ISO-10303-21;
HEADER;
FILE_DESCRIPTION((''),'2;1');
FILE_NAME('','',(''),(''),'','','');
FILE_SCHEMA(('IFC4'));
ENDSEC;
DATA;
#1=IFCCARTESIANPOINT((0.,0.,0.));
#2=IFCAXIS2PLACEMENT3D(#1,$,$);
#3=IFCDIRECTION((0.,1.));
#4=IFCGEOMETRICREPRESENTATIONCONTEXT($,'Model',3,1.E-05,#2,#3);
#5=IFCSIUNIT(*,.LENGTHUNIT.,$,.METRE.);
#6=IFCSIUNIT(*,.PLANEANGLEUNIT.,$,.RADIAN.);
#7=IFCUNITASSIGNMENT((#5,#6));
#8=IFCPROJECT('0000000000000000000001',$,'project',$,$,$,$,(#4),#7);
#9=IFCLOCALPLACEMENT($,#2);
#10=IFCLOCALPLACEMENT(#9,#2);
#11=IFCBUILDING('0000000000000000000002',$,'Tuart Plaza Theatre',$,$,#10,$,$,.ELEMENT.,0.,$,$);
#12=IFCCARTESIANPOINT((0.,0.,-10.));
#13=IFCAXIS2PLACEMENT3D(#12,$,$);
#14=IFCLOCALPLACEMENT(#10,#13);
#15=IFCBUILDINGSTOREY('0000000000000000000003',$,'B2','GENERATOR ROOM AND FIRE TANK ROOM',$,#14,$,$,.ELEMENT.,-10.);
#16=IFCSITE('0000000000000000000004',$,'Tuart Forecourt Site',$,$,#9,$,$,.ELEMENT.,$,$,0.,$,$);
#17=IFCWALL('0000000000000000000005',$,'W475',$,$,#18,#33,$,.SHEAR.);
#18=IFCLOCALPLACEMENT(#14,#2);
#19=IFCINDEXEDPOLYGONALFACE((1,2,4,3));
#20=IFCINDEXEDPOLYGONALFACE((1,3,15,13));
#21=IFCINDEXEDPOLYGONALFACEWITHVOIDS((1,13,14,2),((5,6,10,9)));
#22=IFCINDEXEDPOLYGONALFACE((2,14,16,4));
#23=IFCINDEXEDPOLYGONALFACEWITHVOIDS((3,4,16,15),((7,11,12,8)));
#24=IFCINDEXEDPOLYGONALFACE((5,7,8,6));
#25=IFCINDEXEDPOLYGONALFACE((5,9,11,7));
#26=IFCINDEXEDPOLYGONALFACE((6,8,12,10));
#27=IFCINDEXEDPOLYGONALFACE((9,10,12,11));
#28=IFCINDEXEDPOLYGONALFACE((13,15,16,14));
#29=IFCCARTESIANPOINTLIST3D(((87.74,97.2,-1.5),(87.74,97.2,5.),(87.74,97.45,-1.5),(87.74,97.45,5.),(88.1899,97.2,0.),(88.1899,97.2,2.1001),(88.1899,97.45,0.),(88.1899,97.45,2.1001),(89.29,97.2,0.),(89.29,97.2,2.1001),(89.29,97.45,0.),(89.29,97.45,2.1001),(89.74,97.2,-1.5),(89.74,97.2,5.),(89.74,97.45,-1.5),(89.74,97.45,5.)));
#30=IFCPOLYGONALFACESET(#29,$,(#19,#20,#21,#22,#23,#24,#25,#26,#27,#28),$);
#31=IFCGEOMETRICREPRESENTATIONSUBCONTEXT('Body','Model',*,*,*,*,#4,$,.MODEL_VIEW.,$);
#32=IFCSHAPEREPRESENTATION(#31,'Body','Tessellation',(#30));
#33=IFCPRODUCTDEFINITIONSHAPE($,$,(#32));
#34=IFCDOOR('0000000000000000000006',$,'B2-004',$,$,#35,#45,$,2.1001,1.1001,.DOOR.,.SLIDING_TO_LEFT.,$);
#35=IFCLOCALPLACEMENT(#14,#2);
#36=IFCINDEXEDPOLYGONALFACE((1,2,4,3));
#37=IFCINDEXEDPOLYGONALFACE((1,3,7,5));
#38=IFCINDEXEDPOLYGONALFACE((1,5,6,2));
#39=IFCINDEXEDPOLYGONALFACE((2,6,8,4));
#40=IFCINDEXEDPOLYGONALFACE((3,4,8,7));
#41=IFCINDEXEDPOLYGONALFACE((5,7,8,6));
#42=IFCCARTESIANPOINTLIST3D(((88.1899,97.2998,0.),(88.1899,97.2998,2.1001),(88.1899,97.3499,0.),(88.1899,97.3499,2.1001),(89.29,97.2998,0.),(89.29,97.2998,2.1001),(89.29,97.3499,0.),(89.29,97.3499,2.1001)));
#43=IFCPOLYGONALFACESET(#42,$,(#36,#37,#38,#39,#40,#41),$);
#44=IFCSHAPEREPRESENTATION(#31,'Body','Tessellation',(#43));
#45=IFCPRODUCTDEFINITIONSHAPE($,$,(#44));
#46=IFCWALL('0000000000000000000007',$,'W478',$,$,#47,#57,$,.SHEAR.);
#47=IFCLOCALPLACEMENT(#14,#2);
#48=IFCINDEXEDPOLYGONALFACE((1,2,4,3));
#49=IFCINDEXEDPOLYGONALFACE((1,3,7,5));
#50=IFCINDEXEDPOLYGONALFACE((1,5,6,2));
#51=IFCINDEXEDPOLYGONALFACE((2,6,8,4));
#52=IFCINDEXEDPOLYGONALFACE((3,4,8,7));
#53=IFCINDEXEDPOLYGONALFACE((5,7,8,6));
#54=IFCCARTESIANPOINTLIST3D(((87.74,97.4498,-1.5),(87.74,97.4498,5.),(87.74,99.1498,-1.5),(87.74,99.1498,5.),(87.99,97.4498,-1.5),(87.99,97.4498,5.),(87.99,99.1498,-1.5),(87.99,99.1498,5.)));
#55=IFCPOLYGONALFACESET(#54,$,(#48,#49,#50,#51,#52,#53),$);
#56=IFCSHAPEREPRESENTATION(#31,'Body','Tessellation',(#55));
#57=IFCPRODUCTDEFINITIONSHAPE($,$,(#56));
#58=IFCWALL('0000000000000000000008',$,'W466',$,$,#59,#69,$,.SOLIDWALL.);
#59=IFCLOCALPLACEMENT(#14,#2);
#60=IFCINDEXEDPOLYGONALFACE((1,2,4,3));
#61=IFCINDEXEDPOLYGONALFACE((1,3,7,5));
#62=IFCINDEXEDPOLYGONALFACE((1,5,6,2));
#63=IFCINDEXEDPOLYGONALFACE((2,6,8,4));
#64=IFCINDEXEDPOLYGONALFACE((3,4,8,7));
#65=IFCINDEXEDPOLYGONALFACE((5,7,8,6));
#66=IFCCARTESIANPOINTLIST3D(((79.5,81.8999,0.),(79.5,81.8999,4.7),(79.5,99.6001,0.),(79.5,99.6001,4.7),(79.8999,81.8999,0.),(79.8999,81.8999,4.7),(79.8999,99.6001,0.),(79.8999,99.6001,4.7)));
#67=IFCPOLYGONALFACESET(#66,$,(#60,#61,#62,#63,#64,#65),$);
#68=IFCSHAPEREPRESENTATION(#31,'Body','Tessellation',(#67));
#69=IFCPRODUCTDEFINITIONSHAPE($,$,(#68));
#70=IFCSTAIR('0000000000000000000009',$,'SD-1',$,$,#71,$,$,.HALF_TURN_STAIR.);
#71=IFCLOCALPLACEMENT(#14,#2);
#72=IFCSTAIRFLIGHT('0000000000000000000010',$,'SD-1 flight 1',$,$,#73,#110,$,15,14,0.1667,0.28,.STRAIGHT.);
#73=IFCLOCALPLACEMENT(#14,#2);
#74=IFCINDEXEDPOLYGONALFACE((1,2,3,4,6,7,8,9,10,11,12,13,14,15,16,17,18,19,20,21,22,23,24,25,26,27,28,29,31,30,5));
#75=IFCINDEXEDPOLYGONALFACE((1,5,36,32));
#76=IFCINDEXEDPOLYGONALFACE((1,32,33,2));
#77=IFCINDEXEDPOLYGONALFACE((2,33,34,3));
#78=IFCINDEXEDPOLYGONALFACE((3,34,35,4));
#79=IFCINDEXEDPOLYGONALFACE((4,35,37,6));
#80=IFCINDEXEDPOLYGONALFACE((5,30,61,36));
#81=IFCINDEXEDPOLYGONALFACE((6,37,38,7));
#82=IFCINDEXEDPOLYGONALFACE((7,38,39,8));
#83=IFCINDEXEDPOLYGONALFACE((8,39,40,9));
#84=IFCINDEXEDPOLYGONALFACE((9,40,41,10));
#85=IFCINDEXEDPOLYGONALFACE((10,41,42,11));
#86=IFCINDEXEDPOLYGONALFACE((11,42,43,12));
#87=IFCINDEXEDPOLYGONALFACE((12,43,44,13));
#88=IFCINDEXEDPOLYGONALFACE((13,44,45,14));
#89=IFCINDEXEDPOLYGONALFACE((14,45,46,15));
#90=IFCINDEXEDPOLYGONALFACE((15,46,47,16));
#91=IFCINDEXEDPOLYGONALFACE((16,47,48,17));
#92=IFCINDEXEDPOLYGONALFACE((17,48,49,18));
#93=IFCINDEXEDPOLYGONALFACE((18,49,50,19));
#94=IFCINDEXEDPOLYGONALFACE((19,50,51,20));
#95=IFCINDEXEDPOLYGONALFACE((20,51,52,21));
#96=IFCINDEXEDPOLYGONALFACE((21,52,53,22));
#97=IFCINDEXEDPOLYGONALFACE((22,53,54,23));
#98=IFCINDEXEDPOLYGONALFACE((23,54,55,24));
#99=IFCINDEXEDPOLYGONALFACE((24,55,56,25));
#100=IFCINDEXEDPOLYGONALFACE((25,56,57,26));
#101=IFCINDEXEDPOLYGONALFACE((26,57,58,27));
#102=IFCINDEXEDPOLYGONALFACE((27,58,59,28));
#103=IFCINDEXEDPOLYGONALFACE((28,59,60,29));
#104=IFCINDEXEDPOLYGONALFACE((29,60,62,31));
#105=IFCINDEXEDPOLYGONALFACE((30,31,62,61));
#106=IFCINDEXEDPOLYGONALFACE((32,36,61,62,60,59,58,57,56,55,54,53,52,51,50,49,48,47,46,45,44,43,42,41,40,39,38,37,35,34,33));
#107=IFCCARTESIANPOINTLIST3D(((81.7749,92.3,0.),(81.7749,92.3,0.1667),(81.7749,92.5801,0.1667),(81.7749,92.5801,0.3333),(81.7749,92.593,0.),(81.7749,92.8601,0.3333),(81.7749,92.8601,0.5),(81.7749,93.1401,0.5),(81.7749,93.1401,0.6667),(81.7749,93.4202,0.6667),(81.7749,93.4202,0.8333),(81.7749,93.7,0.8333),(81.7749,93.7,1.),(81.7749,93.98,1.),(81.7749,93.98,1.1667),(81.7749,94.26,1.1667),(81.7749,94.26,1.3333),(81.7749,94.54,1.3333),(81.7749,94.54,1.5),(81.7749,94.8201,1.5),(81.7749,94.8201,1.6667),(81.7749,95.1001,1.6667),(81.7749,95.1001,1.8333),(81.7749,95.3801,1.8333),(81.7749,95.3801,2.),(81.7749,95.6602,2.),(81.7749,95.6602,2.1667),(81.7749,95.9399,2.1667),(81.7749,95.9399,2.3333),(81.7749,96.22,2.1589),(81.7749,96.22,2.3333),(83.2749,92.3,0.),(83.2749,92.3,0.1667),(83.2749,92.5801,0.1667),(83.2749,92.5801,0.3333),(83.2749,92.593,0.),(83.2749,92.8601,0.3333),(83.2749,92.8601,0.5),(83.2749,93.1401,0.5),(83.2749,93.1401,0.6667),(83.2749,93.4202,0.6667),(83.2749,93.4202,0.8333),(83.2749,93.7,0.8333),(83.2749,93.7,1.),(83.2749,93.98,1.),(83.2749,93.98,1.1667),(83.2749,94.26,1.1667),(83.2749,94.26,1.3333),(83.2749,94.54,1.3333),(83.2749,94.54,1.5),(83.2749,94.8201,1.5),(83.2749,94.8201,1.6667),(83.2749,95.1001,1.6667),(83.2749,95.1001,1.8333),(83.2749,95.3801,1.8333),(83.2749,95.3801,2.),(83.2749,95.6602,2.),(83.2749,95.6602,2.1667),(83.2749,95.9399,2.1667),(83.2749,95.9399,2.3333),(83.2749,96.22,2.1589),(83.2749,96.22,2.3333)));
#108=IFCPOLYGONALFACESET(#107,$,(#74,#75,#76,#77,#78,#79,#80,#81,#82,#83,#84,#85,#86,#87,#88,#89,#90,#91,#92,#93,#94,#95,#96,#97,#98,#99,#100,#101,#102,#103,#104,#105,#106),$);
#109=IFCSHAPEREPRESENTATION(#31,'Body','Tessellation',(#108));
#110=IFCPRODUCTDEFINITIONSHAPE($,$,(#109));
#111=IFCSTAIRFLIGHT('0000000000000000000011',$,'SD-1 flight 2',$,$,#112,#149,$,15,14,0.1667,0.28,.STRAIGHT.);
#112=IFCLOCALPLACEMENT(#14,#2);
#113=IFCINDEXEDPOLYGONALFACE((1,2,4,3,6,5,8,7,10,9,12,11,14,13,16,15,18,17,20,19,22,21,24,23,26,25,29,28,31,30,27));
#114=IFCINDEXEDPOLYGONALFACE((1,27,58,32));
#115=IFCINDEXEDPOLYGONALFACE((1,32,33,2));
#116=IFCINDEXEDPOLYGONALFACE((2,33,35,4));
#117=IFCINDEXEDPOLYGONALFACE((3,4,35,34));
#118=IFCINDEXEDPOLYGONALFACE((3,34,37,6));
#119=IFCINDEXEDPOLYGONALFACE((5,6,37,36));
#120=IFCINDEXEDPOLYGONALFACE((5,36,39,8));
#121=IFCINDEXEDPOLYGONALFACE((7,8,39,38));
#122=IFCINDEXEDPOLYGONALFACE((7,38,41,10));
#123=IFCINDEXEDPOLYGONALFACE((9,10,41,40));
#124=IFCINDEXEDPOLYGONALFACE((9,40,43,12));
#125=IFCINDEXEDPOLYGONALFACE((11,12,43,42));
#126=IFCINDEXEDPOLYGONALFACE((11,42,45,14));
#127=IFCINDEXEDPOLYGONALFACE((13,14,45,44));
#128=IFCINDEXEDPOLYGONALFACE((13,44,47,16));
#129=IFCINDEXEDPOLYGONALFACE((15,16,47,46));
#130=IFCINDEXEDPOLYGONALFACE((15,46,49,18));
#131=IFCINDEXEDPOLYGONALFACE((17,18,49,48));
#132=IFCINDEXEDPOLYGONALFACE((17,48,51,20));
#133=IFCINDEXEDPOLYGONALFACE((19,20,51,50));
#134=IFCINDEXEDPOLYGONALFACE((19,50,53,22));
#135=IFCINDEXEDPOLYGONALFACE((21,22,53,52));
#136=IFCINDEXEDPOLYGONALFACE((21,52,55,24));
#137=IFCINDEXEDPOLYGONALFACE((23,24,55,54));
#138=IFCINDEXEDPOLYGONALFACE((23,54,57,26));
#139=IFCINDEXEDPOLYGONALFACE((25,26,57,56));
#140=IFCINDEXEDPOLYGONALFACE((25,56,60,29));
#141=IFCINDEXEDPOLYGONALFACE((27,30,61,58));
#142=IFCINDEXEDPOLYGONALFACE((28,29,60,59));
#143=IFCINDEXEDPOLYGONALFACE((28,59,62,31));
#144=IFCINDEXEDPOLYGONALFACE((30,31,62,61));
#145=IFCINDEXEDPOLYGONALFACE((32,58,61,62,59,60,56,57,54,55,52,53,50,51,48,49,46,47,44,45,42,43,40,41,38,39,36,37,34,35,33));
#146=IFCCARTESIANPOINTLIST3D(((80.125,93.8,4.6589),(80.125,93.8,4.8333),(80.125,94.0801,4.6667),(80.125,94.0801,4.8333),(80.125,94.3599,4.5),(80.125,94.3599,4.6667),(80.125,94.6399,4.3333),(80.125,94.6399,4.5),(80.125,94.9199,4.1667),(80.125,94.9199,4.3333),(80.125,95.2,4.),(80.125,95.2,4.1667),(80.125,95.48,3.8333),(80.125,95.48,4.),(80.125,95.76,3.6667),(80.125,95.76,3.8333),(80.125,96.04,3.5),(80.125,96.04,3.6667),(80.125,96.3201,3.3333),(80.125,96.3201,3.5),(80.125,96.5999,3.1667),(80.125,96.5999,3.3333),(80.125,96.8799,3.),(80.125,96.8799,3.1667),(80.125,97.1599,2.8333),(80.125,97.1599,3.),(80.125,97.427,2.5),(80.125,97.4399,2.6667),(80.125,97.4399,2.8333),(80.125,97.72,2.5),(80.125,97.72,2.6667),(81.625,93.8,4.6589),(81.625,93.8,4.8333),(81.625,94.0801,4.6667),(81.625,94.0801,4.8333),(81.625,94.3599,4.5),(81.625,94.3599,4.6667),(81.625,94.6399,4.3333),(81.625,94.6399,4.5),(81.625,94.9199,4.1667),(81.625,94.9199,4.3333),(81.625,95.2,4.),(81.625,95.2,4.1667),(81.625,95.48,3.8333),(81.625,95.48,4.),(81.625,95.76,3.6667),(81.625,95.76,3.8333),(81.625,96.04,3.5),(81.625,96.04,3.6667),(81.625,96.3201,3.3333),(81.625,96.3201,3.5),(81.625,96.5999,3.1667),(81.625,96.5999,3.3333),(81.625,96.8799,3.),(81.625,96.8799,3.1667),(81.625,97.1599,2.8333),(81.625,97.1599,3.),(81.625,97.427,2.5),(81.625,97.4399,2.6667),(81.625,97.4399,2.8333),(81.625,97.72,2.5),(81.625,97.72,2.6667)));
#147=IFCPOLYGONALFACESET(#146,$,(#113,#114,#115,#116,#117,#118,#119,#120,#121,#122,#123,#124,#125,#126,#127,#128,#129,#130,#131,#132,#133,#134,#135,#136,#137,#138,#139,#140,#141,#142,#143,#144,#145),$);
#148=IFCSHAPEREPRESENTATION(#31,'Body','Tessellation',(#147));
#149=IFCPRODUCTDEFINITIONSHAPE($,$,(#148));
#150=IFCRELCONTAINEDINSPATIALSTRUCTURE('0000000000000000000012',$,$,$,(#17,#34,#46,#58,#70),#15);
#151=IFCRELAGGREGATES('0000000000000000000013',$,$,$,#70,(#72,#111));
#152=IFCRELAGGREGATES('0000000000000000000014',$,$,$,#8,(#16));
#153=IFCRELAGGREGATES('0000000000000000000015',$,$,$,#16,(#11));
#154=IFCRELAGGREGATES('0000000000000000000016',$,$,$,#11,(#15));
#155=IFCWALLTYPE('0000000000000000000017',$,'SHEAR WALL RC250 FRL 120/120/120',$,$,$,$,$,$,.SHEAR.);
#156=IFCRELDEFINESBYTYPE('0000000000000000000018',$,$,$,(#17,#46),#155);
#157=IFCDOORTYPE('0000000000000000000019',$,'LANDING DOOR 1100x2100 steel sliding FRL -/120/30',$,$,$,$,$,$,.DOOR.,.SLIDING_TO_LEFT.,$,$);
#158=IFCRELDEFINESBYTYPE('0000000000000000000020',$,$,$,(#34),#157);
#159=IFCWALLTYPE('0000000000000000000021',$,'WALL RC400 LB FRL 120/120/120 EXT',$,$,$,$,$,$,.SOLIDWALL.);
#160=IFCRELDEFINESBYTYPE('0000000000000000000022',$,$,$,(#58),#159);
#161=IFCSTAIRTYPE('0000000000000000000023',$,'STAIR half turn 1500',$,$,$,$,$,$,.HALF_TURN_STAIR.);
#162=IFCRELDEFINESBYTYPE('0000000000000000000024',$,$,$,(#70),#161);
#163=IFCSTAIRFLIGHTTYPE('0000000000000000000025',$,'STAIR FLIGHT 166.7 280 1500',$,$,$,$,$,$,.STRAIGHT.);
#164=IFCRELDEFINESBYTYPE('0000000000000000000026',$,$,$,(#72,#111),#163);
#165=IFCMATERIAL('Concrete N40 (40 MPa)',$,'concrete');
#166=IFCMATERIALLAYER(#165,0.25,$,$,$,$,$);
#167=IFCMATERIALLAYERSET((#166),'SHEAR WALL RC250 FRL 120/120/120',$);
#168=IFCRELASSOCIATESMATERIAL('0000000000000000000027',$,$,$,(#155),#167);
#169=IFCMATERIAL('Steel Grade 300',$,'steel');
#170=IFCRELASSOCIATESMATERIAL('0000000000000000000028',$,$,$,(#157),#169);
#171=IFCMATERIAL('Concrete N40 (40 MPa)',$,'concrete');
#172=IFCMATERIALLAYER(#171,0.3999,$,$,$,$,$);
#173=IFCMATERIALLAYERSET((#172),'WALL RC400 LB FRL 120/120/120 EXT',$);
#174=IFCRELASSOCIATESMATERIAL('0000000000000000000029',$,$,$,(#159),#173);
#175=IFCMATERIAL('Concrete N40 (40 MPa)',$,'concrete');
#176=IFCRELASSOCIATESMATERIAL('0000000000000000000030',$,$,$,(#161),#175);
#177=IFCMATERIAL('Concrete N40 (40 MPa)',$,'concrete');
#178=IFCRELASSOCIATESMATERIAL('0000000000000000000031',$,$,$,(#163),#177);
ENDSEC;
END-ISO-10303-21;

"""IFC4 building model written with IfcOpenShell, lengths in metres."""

from ifc_helpers import new_model, si_unit, direction, frame, frame_2d, origin, place, context, subcontext, project, spatial, polyline, rectangle, outline, extrude, material, layer, layer_set, type_object, element, fill, aggregate, save


model = new_model("IFC4")

# Units and contexts
model_context = context("Model", 3, precision=1e-05, world=origin(), true_north=direction((0.0, 1.0)))
body_context = subcontext(model_context, "Body", "Model", "MODEL_VIEW")
ifc_project = project(units=[si_unit("LENGTHUNIT", "METRE"), si_unit("PLANEANGLEUNIT", "RADIAN")], contexts=[model_context])

# Site, building, storey
site_placement = place(None, origin())
site = spatial("IfcSite", under=ifc_project, at=site_placement, Name="Tuart Forecourt Site", CompositionType="ELEMENT", RefElevation=0.0)
building_placement = place(site_placement, origin())
building = spatial("IfcBuilding", under=site, at=building_placement, Name="Tuart Plaza Theatre", CompositionType="ELEMENT", ElevationOfRefHeight=0.0)
storey_placement = place(building_placement, frame((0.0, 0.0, -10.0)))
storey = spatial("IfcBuildingStorey", under=building, at=storey_placement, Name="B2", Description="GENERATOR ROOM AND FIRE TANK ROOM", CompositionType="ELEMENT", Elevation=-10.0)

# Wall, opening, door
ifc_material_1 = material(Name="Concrete N40 (40 MPa)", Category="concrete")
ifc_layer_1 = layer(ifc_material_1, 0.25)
ifc_layer_set_1 = layer_set([ifc_layer_1], Name="SHEAR WALL RC250 FRL 120/120/120")
wall_type_1 = type_object("IfcWallType", Name="SHEAR WALL RC250 FRL 120/120/120", PredefinedType="SHEAR", material=ifc_layer_set_1)
wall_1_placement = place(storey_placement, frame((87.74, 97.325, -1.5), z_axis=(0.0, 0.0, 1.0), x_axis=(1.0, 0.0, 0.0)))
wall_1 = element("IfcWall", 1, at=wall_1_placement, inside=storey, type_object=wall_type_1, Name="W475", PredefinedType="SHEAR", context=body_context, shape_type="SweptSolid", body=[
    extrude(rectangle(XDim=2.0, YDim=0.25, at=frame_2d((1.0, 0.0))), origin(), (0.0, 0.0, 1.0), 6.5),
])
opening_placement = place(wall_1_placement, frame((0.45, 0.0, 1.5)))
opening = element("IfcOpeningElement", 2, at=opening_placement, cuts=wall_1, PredefinedType="OPENING", context=body_context, shape_type="SweptSolid", body=[
    extrude(rectangle(XDim=1.1001, YDim=2.1001, at=frame_2d((0.55, 1.05))), frame((0.0, 0.135, 0.0), z_axis=(0.0, -1.0, 0.0), x_axis=(1.0, 0.0, 0.0)), (0.0, 0.0, 1.0), 0.27),
])
ifc_material_2 = material(Name="Steel Grade 300", Category="steel")
door_type = type_object("IfcDoorType", Name="LANDING DOOR 1100x2100 steel sliding FRL -/120/30", OperationType="SLIDING_TO_LEFT", PredefinedType="DOOR", material=ifc_material_2)
door_placement = place(opening_placement, origin())
door = element("IfcDoor", 3, at=door_placement, inside=storey, type_object=door_type, Name="B2-004", OperationType="SLIDING_TO_LEFT", OverallHeight=2.1001, OverallWidth=1.1001, PredefinedType="DOOR", context=body_context, shape_type="SweptSolid", body=[
    extrude(rectangle(XDim=1.1001, YDim=2.1001, at=frame_2d((0.55, 1.05))), frame((0.0, 0.0249, 0.0), z_axis=(0.0, -1.0, 0.0), x_axis=(1.0, 0.0, 0.0)), (0.0, 0.0, 1.0), 0.05),
])
fill(opening, door)

# Walls
wall_2_placement = place(storey_placement, frame((87.865, 99.1499, -1.5), z_axis=(0.0, 0.0, 1.0), x_axis=(0.0, -1.0, 0.0)))
element("IfcWall", 4, at=wall_2_placement, inside=storey, type_object=wall_type_1, Name="W478", PredefinedType="SHEAR", context=body_context, shape_type="SweptSolid", body=[
    extrude(rectangle(XDim=1.7, YDim=0.25, at=frame_2d((0.8501, 0.0))), origin(), (0.0, 0.0, 1.0), 6.5),
])
ifc_material_3 = material(Name="Concrete N40 (40 MPa)", Category="concrete")
ifc_layer_2 = layer(ifc_material_3, 0.3999)
ifc_layer_set_2 = layer_set([ifc_layer_2], Name="WALL RC400 LB FRL 120/120/120 EXT")
wall_type_2 = type_object("IfcWallType", Name="WALL RC400 LB FRL 120/120/120 EXT", PredefinedType="SOLIDWALL", material=ifc_layer_set_2)
wall_3_placement = place(storey_placement, frame((79.7, 99.6001, 0.0), z_axis=(0.0, 0.0, 1.0), x_axis=(0.0, -1.0, 0.0)))
element("IfcWall", 5, at=wall_3_placement, inside=storey, type_object=wall_type_2, Name="W466", PredefinedType="SOLIDWALL", context=body_context, shape_type="SweptSolid", body=[
    extrude(rectangle(XDim=17.7002, YDim=0.3999, at=frame_2d((8.8501, 0.0))), origin(), (0.0, 0.0, 1.0), 4.7),
])

# Stair, stair flights
ifc_material_4 = material(Name="Concrete N40 (40 MPa)", Category="concrete")
stair_type = type_object("IfcStairType", Name="STAIR half turn 1500", PredefinedType="HALF_TURN_STAIR", material=ifc_material_4)
stair_placement = place(storey_placement, origin())
stair = element("IfcStair", 6, at=stair_placement, inside=storey, type_object=stair_type, Name="SD-1", PredefinedType="HALF_TURN_STAIR")
ifc_material_5 = material(Name="Concrete N40 (40 MPa)", Category="concrete")
stair_flight_type = type_object("IfcStairFlightType", Name="STAIR FLIGHT 166.7 280 1500", PredefinedType="STRAIGHT", material=ifc_material_5)
stair_flight_1_placement = place(storey_placement, frame((82.5249, 92.3, 0.0), z_axis=(0.0, 0.0, 1.0), x_axis=(0.0, 1.0, 0.0)))
stair_flight_1 = element("IfcStairFlight", 7, at=stair_flight_1_placement, type_object=stair_flight_type, Name="SD-1 flight 1", NumberOfRisers=15, NumberOfTreads=14, PredefinedType="STRAIGHT", RiserHeight=0.1667, TreadLength=0.28, context=body_context, shape_type="SweptSolid", body=[
    extrude(outline(polyline([(0.0, 0.0), (0.0, 0.1667), (0.28, 0.1667), (0.28, 0.3333), (0.5601, 0.3333), (0.5601, 0.5), (0.8401, 0.5), (0.8401, 0.6667), (1.1201, 0.6667), (1.1201, 0.8333), (1.3999, 0.8333), (1.3999, 1.0), (1.6799, 1.0), (1.6799, 1.1667), (1.96, 1.1667), (1.96, 1.3333), (2.24, 1.3333), (2.24, 1.5), (2.52, 1.5), (2.52, 1.6667), (2.8, 1.6667), (2.8, 1.8333), (3.0801, 1.8333), (3.0801, 2.0), (3.3601, 2.0), (3.3601, 2.1667), (3.6399, 2.1667), (3.6399, 2.3333), (3.9199, 2.3333), (3.9199, 2.5), (3.9199, 2.1589), (0.293, 0.0), (0.0, 0.0)])), frame((0.0, 0.75, 0.0), z_axis=(0.0, -1.0, 0.0), x_axis=(1.0, 0.0, 0.0)), (0.0, 0.0, 1.0), 1.5),
])
stair_flight_2_placement = place(storey_placement, frame((80.875, 97.72, 2.5), z_axis=(0.0, 0.0, 1.0), x_axis=(0.0, -1.0, 0.0)))
stair_flight_2 = element("IfcStairFlight", 8, at=stair_flight_2_placement, type_object=stair_flight_type, Name="SD-1 flight 2", NumberOfRisers=15, NumberOfTreads=14, PredefinedType="STRAIGHT", RiserHeight=0.1667, TreadLength=0.28, context=body_context, shape_type="SweptSolid", body=[
    extrude(outline(polyline([(0.0, 0.0), (0.0, 0.1667), (0.28, 0.1667), (0.28, 0.3333), (0.5601, 0.3333), (0.5601, 0.5), (0.8401, 0.5), (0.8401, 0.6667), (1.1201, 0.6667), (1.1201, 0.8333), (1.3999, 0.8333), (1.3999, 1.0), (1.6799, 1.0), (1.6799, 1.1667), (1.96, 1.1667), (1.96, 1.3333), (2.24, 1.3333), (2.24, 1.5), (2.52, 1.5), (2.52, 1.6667), (2.8, 1.6667), (2.8, 1.8333), (3.0801, 1.8333), (3.0801, 2.0), (3.3601, 2.0), (3.3601, 2.1667), (3.6399, 2.1667), (3.6399, 2.3333), (3.9199, 2.3333), (3.9199, 2.5), (3.9199, 2.1589), (0.293, 0.0), (0.0, 0.0)])), frame((0.0, 0.75, 0.0), z_axis=(0.0, -1.0, 0.0), x_axis=(1.0, 0.0, 0.0)), (0.0, 0.0, 1.0), 1.5),
])
aggregate(stair, [stair_flight_1, stair_flight_2])

save(model, "model.ifc")
